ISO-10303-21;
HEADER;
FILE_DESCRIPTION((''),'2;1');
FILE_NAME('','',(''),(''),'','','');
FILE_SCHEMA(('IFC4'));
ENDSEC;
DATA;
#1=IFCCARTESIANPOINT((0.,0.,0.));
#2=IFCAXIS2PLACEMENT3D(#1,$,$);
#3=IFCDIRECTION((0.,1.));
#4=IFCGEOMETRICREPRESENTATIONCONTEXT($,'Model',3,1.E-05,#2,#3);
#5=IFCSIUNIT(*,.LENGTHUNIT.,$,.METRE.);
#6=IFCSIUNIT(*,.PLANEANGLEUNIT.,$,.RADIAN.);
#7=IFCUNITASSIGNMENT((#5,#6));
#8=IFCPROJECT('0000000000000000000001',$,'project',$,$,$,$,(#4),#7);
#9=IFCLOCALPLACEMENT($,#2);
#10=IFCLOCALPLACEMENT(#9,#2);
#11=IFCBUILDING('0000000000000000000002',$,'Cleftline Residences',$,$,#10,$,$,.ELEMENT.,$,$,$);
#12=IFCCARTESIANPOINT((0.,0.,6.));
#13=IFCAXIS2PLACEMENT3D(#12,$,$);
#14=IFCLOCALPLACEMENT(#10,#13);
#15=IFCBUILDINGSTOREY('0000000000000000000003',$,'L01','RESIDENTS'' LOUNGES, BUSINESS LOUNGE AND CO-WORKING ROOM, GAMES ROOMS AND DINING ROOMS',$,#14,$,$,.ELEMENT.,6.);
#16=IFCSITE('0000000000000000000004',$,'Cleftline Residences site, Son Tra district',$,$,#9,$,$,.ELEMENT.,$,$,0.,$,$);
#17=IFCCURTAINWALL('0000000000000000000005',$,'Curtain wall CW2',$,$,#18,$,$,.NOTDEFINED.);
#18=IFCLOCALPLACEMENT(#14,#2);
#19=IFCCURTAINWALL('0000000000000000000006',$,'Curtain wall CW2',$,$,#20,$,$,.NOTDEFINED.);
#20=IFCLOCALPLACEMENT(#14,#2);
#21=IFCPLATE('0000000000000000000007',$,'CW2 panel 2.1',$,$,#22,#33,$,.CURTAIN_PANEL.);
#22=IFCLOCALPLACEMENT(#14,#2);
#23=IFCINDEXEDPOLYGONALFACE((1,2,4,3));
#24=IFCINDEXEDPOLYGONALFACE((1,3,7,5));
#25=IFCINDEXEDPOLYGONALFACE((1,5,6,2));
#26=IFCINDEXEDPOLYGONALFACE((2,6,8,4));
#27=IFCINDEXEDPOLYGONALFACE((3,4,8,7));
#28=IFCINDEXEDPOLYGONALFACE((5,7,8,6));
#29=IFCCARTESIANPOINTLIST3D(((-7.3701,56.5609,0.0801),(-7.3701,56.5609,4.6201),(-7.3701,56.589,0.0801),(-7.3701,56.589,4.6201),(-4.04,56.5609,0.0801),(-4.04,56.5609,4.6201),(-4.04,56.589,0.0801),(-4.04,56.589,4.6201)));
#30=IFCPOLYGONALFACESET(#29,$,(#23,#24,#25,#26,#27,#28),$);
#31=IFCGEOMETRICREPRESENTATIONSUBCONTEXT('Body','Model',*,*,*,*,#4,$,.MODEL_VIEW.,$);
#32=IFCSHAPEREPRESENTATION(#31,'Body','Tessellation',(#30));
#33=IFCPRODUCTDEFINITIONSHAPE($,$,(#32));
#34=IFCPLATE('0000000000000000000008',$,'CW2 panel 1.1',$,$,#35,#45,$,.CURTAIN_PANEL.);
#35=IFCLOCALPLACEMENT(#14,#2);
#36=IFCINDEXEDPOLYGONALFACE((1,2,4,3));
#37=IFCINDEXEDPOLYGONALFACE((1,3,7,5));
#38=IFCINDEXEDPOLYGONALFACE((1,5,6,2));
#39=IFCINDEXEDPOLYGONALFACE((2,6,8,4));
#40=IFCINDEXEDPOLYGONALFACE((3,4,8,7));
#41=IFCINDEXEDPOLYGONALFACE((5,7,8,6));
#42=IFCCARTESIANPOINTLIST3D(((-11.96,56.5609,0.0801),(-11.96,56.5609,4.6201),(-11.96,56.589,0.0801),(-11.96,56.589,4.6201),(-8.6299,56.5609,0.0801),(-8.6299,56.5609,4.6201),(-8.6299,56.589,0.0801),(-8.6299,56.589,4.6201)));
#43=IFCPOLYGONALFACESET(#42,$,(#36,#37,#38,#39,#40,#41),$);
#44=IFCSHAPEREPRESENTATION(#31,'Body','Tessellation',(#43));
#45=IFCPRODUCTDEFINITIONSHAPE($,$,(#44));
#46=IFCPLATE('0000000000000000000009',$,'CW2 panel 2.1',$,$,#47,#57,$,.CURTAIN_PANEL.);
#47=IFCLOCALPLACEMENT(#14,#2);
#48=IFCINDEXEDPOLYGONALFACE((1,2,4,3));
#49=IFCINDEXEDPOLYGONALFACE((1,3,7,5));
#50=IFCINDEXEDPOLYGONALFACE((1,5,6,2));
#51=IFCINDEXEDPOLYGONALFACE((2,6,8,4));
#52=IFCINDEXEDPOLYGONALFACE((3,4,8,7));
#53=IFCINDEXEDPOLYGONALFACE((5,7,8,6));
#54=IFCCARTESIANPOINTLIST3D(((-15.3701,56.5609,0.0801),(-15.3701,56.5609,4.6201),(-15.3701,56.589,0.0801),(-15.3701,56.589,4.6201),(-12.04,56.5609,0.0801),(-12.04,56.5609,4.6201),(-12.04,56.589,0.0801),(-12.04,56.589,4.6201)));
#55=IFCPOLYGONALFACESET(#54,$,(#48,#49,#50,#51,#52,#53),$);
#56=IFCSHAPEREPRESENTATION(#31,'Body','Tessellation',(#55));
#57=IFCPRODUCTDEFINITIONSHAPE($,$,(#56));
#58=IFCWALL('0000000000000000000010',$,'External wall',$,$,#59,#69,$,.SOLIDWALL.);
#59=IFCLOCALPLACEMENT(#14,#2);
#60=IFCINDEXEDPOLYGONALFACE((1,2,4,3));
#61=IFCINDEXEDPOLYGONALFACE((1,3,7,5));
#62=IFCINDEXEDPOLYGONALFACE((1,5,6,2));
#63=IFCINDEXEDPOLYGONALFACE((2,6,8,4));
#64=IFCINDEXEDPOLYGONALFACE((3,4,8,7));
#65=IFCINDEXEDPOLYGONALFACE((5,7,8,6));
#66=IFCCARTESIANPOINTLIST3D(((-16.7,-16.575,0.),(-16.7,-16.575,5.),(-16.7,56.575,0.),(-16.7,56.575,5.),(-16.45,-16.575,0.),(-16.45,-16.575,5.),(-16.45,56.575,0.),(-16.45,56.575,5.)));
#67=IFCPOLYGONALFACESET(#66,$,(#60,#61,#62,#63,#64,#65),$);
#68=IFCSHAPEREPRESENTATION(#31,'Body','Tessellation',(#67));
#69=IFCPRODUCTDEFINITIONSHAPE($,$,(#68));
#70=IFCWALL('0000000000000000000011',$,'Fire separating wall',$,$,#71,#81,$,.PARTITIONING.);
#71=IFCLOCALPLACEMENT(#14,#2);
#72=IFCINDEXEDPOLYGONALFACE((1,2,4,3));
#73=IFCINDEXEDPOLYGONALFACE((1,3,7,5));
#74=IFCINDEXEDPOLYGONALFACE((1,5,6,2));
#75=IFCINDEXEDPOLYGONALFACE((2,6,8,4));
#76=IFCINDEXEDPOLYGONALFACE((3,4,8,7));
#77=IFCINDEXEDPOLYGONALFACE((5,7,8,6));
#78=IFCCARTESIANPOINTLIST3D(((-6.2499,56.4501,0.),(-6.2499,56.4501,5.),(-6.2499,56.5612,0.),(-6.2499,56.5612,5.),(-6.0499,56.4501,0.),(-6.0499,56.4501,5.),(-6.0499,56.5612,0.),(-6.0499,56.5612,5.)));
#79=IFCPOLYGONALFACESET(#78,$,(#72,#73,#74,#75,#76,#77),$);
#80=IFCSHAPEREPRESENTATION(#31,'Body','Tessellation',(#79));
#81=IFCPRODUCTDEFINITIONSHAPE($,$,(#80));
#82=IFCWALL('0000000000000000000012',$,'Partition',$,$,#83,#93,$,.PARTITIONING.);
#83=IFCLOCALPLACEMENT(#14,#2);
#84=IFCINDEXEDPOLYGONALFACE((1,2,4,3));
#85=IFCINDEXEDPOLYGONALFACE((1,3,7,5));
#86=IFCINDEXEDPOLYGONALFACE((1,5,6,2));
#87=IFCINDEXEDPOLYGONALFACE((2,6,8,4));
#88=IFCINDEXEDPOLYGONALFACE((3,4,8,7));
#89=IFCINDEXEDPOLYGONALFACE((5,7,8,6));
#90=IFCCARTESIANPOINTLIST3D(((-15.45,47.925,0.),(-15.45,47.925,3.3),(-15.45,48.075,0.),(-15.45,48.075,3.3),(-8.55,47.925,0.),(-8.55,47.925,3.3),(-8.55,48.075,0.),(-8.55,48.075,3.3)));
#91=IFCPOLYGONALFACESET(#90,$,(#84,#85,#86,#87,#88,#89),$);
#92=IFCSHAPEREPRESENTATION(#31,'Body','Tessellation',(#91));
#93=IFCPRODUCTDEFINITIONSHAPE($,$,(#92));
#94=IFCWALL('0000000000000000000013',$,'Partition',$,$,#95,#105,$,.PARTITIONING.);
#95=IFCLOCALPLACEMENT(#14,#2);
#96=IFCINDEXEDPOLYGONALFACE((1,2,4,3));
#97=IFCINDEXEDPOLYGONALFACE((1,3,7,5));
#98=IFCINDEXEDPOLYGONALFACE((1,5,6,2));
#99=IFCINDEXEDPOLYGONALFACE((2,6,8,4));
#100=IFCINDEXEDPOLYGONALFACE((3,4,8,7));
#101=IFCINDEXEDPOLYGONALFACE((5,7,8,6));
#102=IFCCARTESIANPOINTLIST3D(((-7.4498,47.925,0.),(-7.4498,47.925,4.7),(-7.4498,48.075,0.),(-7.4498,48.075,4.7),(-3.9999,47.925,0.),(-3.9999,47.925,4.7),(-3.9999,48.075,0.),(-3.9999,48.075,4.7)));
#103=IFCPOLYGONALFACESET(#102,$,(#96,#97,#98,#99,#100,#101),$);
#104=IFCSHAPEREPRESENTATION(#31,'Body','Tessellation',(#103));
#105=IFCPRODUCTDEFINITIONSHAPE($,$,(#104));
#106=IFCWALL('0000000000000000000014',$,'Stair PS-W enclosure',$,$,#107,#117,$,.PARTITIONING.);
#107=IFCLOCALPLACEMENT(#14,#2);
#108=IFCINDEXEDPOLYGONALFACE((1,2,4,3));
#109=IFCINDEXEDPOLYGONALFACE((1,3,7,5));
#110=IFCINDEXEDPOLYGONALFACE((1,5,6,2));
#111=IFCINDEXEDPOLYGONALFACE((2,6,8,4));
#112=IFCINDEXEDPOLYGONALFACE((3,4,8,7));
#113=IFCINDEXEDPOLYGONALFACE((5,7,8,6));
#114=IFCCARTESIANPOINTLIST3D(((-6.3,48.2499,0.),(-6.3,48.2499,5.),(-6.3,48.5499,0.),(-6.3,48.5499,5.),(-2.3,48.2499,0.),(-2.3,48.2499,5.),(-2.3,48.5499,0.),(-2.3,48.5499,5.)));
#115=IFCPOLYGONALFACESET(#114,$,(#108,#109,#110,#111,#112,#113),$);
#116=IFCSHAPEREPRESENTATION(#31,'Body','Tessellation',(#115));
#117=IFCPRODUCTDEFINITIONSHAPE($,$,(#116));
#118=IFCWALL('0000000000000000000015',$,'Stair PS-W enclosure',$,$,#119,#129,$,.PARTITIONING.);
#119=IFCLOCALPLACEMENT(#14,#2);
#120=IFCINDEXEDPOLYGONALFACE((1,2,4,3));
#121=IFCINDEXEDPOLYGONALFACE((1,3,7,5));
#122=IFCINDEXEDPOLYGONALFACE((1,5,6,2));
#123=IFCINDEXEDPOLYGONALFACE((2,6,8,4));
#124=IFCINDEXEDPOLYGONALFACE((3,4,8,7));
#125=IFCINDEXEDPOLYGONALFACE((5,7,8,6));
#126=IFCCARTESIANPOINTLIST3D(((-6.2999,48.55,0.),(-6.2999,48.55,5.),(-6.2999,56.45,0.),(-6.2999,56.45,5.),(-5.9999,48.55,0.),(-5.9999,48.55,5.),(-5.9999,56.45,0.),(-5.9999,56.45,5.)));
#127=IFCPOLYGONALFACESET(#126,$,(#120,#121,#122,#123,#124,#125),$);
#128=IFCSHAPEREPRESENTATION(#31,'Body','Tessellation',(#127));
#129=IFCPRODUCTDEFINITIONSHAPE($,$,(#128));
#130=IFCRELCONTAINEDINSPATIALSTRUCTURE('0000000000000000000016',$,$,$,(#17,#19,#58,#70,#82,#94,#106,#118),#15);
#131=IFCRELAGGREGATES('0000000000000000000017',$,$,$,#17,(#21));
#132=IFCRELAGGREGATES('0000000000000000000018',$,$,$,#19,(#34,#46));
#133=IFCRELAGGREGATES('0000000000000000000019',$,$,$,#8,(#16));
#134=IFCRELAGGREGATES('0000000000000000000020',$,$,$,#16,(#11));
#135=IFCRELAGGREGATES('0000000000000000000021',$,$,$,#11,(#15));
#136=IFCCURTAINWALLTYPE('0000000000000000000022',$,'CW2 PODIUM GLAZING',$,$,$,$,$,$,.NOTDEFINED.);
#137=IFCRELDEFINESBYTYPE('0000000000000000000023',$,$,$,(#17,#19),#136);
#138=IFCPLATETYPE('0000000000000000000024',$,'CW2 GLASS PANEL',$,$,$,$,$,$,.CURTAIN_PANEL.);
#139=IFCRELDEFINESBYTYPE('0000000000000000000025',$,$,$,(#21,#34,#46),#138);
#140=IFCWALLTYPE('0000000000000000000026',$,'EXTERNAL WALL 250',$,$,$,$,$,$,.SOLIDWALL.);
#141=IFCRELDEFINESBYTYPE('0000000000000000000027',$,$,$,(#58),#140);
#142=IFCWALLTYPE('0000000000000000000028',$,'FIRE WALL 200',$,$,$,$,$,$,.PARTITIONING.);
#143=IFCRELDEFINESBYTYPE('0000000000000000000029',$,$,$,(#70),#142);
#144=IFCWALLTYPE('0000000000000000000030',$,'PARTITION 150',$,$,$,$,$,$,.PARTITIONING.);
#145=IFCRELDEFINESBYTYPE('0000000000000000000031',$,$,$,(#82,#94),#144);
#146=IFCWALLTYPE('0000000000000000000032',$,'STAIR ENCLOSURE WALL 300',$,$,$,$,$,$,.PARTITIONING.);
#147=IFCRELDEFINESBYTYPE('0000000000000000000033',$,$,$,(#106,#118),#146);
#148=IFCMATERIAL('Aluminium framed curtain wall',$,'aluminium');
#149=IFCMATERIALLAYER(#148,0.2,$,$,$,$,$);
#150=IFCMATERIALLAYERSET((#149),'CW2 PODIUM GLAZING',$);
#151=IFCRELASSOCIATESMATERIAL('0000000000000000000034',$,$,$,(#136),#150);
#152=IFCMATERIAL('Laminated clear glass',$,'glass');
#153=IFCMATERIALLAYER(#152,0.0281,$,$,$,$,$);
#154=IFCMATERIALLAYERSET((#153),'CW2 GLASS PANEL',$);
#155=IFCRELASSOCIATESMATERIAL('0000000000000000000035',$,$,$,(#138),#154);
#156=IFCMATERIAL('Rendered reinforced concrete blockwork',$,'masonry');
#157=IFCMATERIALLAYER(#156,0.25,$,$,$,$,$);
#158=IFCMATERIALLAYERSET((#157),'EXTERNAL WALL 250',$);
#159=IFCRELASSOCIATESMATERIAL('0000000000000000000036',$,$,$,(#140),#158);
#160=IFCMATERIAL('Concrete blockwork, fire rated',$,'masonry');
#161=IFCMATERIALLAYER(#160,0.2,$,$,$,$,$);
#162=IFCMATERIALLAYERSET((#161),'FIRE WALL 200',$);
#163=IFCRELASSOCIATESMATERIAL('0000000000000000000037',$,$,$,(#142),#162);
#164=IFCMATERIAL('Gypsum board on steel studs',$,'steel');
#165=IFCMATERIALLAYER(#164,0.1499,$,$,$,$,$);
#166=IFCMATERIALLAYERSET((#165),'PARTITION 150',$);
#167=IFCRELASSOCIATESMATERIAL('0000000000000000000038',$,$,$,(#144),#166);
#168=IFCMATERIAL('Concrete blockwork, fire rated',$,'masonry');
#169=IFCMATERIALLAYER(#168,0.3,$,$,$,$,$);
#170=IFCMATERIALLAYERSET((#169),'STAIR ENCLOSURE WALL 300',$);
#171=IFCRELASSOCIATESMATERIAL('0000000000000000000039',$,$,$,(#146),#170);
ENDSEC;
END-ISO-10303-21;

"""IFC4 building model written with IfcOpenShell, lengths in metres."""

from ifc_helpers import new_model, si_unit, direction, frame, frame_2d, origin, origin_2d, place, context, subcontext, project, spatial, rectangle, extrude, material, layer, layer_set, type_object, element, aggregate, save


model = new_model("IFC4")

# Units and contexts
model_context = context("Model", 3, precision=1e-05, world=origin(), true_north=direction((0.0, 1.0)))
body_context = subcontext(model_context, "Body", "Model", "MODEL_VIEW")
ifc_project = project(units=[si_unit("LENGTHUNIT", "METRE"), si_unit("PLANEANGLEUNIT", "RADIAN")], contexts=[model_context])

# Site, building, storey
site_placement = place(None, origin())
site = spatial("IfcSite", under=ifc_project, at=site_placement, Name="Cleftline Residences site, Son Tra district", CompositionType="ELEMENT", RefElevation=0.0)
building_placement = place(site_placement, origin())
building = spatial("IfcBuilding", under=site, at=building_placement, Name="Cleftline Residences", CompositionType="ELEMENT")
storey_placement = place(building_placement, frame((0.0, 0.0, 6.0)))
storey = spatial("IfcBuildingStorey", under=building, at=storey_placement, Name="L01", Description="RESIDENTS' LOUNGES, BUSINESS LOUNGE AND CO-WORKING ROOM, GAMES ROOMS AND DINING ROOMS", CompositionType="ELEMENT", Elevation=6.0)

# Curtain wall
ifc_material_1 = material(Name="Aluminium framed curtain wall", Category="aluminium")
ifc_layer_1 = layer(ifc_material_1, 0.2)
ifc_layer_set_1 = layer_set([ifc_layer_1], Name="CW2 PODIUM GLAZING")
curtain_wall_type = type_object("IfcCurtainWallType", Name="CW2 PODIUM GLAZING", PredefinedType="NOTDEFINED", material=ifc_layer_set_1)
curtain_wall_1_placement = place(storey_placement, origin())
curtain_wall_1 = element("IfcCurtainWall", 1, at=curtain_wall_1_placement, inside=storey, type_object=curtain_wall_type, Name="Curtain wall CW2", PredefinedType="NOTDEFINED")

# Curtain wall
curtain_wall_2_placement = place(storey_placement, origin())
curtain_wall_2 = element("IfcCurtainWall", 2, at=curtain_wall_2_placement, inside=storey, type_object=curtain_wall_type, Name="Curtain wall CW2", PredefinedType="NOTDEFINED")

# Plates
ifc_material_2 = material(Name="Laminated clear glass", Category="glass")
ifc_layer_2 = layer(ifc_material_2, 0.0281)
ifc_layer_set_2 = layer_set([ifc_layer_2], Name="CW2 GLASS PANEL")
plate_type = type_object("IfcPlateType", Name="CW2 GLASS PANEL", PredefinedType="CURTAIN_PANEL", material=ifc_layer_set_2)
plate_1_placement = place(storey_placement, frame((-5.7051, 56.575, 0.0801), z_axis=(0.0, 0.0, 1.0), x_axis=(-1.0, 0.0, 0.0)))
plate_1 = element("IfcPlate", 3, at=plate_1_placement, type_object=plate_type, Name="CW2 panel 2.1", PredefinedType="CURTAIN_PANEL", context=body_context, shape_type="SweptSolid", body=[
    extrude(rectangle(XDim=3.3301, YDim=0.0281, at=origin_2d()), origin(), (0.0, 0.0, 1.0), 4.54),
])
aggregate(curtain_wall_1, [plate_1])
plate_2_placement = place(storey_placement, frame((-10.2949, 56.575, 0.0801), z_axis=(0.0, 0.0, 1.0), x_axis=(-1.0, 0.0, 0.0)))
plate_2 = element("IfcPlate", 4, at=plate_2_placement, type_object=plate_type, Name="CW2 panel 1.1", PredefinedType="CURTAIN_PANEL", context=body_context, shape_type="SweptSolid", body=[
    extrude(rectangle(XDim=3.3301, YDim=0.0281, at=origin_2d()), origin(), (0.0, 0.0, 1.0), 4.54),
])
plate_3_placement = place(storey_placement, frame((-13.7051, 56.575, 0.0801), z_axis=(0.0, 0.0, 1.0), x_axis=(-1.0, 0.0, 0.0)))
plate_3 = element("IfcPlate", 5, at=plate_3_placement, type_object=plate_type, Name="CW2 panel 2.1", PredefinedType="CURTAIN_PANEL", context=body_context, shape_type="SweptSolid", body=[
    extrude(rectangle(XDim=3.3301, YDim=0.0281, at=origin_2d()), origin(), (0.0, 0.0, 1.0), 4.54),
])
aggregate(curtain_wall_2, [plate_2, plate_3])

# Walls
ifc_material_3 = material(Name="Rendered reinforced concrete blockwork", Category="masonry")
ifc_layer_3 = layer(ifc_material_3, 0.25)
ifc_layer_set_3 = layer_set([ifc_layer_3], Name="EXTERNAL WALL 250")
wall_type_1 = type_object("IfcWallType", Name="EXTERNAL WALL 250", PredefinedType="SOLIDWALL", material=ifc_layer_set_3)
wall_1_placement = place(storey_placement, frame((-16.575, 56.575, 0.0), z_axis=(0.0, 0.0, 1.0), x_axis=(0.0, -1.0, 0.0)))
element("IfcWall", 6, at=wall_1_placement, inside=storey, type_object=wall_type_1, Name="External wall", PredefinedType="SOLIDWALL", context=body_context, shape_type="SweptSolid", body=[
    extrude(rectangle(XDim=73.1499, YDim=0.25, at=frame_2d((36.575, 0.0))), origin(), (0.0, 0.0, 1.0), 5.0),
])
ifc_material_4 = material(Name="Concrete blockwork, fire rated", Category="masonry")
ifc_layer_4 = layer(ifc_material_4, 0.2)
ifc_layer_set_4 = layer_set([ifc_layer_4], Name="FIRE WALL 200")
wall_type_2 = type_object("IfcWallType", Name="FIRE WALL 200", PredefinedType="PARTITIONING", material=ifc_layer_set_4)
wall_2_placement = place(storey_placement, frame((-6.1499, 56.45, 0.0), z_axis=(0.0, 0.0, 1.0), x_axis=(0.0, 1.0, 0.0)))
element("IfcWall", 7, at=wall_2_placement, inside=storey, type_object=wall_type_2, Name="Fire separating wall", PredefinedType="PARTITIONING", context=body_context, shape_type="SweptSolid", body=[
    extrude(rectangle(XDim=0.1111, YDim=0.2, at=frame_2d((0.0557, 0.0))), origin(), (0.0, 0.0, 1.0), 5.0),
])
ifc_material_5 = material(Name="Gypsum board on steel studs", Category="steel")
ifc_layer_5 = layer(ifc_material_5, 0.1499)
ifc_layer_set_5 = layer_set([ifc_layer_5], Name="PARTITION 150")
wall_type_3 = type_object("IfcWallType", Name="PARTITION 150", PredefinedType="PARTITIONING", material=ifc_layer_set_5)
wall_3_placement = place(storey_placement, frame((-15.45, 48.0, 0.0), z_axis=(0.0, 0.0, 1.0), x_axis=(1.0, 0.0, 0.0)))
element("IfcWall", 8, at=wall_3_placement, inside=storey, type_object=wall_type_3, Name="Partition", PredefinedType="PARTITIONING", context=body_context, shape_type="SweptSolid", body=[
    extrude(rectangle(XDim=6.8999, YDim=0.1499, at=frame_2d((3.45, 0.0))), origin(), (0.0, 0.0, 1.0), 3.3),
])
wall_4_placement = place(storey_placement, frame((-7.45, 48.0, 0.0), z_axis=(0.0, 0.0, 1.0), x_axis=(1.0, 0.0, 0.0)))
element("IfcWall", 9, at=wall_4_placement, inside=storey, type_object=wall_type_3, Name="Partition", PredefinedType="PARTITIONING", context=body_context, shape_type="SweptSolid", body=[
    extrude(rectangle(XDim=3.45, YDim=0.1499, at=frame_2d((1.7251, 0.0))), origin(), (0.0, 0.0, 1.0), 4.7),
])
ifc_material_6 = material(Name="Concrete blockwork, fire rated", Category="masonry")
ifc_layer_6 = layer(ifc_material_6, 0.3)
ifc_layer_set_6 = layer_set([ifc_layer_6], Name="STAIR ENCLOSURE WALL 300")
wall_type_4 = type_object("IfcWallType", Name="STAIR ENCLOSURE WALL 300", PredefinedType="PARTITIONING", material=ifc_layer_set_6)
wall_5_placement = place(storey_placement, frame((-6.3, 48.3999, 0.0), z_axis=(0.0, 0.0, 1.0), x_axis=(1.0, 0.0, 0.0)))
element("IfcWall", 10, at=wall_5_placement, inside=storey, type_object=wall_type_4, Name="Stair PS-W enclosure", PredefinedType="PARTITIONING", context=body_context, shape_type="SweptSolid", body=[
    extrude(rectangle(XDim=4.0, YDim=0.3, at=frame_2d((2.0, 0.0))), origin(), (0.0, 0.0, 1.0), 5.0),
])
wall_6_placement = place(storey_placement, frame((-6.1499, 48.55, 0.0), z_axis=(0.0, 0.0, 1.0), x_axis=(0.0, 1.0, 0.0)))
element("IfcWall", 11, at=wall_6_placement, inside=storey, type_object=wall_type_4, Name="Stair PS-W enclosure", PredefinedType="PARTITIONING", context=body_context, shape_type="SweptSolid", body=[
    extrude(rectangle(XDim=7.8999, YDim=0.3, at=frame_2d((3.95, 0.0))), origin(), (0.0, 0.0, 1.0), 5.0),
])

save(model, "model.ifc")
